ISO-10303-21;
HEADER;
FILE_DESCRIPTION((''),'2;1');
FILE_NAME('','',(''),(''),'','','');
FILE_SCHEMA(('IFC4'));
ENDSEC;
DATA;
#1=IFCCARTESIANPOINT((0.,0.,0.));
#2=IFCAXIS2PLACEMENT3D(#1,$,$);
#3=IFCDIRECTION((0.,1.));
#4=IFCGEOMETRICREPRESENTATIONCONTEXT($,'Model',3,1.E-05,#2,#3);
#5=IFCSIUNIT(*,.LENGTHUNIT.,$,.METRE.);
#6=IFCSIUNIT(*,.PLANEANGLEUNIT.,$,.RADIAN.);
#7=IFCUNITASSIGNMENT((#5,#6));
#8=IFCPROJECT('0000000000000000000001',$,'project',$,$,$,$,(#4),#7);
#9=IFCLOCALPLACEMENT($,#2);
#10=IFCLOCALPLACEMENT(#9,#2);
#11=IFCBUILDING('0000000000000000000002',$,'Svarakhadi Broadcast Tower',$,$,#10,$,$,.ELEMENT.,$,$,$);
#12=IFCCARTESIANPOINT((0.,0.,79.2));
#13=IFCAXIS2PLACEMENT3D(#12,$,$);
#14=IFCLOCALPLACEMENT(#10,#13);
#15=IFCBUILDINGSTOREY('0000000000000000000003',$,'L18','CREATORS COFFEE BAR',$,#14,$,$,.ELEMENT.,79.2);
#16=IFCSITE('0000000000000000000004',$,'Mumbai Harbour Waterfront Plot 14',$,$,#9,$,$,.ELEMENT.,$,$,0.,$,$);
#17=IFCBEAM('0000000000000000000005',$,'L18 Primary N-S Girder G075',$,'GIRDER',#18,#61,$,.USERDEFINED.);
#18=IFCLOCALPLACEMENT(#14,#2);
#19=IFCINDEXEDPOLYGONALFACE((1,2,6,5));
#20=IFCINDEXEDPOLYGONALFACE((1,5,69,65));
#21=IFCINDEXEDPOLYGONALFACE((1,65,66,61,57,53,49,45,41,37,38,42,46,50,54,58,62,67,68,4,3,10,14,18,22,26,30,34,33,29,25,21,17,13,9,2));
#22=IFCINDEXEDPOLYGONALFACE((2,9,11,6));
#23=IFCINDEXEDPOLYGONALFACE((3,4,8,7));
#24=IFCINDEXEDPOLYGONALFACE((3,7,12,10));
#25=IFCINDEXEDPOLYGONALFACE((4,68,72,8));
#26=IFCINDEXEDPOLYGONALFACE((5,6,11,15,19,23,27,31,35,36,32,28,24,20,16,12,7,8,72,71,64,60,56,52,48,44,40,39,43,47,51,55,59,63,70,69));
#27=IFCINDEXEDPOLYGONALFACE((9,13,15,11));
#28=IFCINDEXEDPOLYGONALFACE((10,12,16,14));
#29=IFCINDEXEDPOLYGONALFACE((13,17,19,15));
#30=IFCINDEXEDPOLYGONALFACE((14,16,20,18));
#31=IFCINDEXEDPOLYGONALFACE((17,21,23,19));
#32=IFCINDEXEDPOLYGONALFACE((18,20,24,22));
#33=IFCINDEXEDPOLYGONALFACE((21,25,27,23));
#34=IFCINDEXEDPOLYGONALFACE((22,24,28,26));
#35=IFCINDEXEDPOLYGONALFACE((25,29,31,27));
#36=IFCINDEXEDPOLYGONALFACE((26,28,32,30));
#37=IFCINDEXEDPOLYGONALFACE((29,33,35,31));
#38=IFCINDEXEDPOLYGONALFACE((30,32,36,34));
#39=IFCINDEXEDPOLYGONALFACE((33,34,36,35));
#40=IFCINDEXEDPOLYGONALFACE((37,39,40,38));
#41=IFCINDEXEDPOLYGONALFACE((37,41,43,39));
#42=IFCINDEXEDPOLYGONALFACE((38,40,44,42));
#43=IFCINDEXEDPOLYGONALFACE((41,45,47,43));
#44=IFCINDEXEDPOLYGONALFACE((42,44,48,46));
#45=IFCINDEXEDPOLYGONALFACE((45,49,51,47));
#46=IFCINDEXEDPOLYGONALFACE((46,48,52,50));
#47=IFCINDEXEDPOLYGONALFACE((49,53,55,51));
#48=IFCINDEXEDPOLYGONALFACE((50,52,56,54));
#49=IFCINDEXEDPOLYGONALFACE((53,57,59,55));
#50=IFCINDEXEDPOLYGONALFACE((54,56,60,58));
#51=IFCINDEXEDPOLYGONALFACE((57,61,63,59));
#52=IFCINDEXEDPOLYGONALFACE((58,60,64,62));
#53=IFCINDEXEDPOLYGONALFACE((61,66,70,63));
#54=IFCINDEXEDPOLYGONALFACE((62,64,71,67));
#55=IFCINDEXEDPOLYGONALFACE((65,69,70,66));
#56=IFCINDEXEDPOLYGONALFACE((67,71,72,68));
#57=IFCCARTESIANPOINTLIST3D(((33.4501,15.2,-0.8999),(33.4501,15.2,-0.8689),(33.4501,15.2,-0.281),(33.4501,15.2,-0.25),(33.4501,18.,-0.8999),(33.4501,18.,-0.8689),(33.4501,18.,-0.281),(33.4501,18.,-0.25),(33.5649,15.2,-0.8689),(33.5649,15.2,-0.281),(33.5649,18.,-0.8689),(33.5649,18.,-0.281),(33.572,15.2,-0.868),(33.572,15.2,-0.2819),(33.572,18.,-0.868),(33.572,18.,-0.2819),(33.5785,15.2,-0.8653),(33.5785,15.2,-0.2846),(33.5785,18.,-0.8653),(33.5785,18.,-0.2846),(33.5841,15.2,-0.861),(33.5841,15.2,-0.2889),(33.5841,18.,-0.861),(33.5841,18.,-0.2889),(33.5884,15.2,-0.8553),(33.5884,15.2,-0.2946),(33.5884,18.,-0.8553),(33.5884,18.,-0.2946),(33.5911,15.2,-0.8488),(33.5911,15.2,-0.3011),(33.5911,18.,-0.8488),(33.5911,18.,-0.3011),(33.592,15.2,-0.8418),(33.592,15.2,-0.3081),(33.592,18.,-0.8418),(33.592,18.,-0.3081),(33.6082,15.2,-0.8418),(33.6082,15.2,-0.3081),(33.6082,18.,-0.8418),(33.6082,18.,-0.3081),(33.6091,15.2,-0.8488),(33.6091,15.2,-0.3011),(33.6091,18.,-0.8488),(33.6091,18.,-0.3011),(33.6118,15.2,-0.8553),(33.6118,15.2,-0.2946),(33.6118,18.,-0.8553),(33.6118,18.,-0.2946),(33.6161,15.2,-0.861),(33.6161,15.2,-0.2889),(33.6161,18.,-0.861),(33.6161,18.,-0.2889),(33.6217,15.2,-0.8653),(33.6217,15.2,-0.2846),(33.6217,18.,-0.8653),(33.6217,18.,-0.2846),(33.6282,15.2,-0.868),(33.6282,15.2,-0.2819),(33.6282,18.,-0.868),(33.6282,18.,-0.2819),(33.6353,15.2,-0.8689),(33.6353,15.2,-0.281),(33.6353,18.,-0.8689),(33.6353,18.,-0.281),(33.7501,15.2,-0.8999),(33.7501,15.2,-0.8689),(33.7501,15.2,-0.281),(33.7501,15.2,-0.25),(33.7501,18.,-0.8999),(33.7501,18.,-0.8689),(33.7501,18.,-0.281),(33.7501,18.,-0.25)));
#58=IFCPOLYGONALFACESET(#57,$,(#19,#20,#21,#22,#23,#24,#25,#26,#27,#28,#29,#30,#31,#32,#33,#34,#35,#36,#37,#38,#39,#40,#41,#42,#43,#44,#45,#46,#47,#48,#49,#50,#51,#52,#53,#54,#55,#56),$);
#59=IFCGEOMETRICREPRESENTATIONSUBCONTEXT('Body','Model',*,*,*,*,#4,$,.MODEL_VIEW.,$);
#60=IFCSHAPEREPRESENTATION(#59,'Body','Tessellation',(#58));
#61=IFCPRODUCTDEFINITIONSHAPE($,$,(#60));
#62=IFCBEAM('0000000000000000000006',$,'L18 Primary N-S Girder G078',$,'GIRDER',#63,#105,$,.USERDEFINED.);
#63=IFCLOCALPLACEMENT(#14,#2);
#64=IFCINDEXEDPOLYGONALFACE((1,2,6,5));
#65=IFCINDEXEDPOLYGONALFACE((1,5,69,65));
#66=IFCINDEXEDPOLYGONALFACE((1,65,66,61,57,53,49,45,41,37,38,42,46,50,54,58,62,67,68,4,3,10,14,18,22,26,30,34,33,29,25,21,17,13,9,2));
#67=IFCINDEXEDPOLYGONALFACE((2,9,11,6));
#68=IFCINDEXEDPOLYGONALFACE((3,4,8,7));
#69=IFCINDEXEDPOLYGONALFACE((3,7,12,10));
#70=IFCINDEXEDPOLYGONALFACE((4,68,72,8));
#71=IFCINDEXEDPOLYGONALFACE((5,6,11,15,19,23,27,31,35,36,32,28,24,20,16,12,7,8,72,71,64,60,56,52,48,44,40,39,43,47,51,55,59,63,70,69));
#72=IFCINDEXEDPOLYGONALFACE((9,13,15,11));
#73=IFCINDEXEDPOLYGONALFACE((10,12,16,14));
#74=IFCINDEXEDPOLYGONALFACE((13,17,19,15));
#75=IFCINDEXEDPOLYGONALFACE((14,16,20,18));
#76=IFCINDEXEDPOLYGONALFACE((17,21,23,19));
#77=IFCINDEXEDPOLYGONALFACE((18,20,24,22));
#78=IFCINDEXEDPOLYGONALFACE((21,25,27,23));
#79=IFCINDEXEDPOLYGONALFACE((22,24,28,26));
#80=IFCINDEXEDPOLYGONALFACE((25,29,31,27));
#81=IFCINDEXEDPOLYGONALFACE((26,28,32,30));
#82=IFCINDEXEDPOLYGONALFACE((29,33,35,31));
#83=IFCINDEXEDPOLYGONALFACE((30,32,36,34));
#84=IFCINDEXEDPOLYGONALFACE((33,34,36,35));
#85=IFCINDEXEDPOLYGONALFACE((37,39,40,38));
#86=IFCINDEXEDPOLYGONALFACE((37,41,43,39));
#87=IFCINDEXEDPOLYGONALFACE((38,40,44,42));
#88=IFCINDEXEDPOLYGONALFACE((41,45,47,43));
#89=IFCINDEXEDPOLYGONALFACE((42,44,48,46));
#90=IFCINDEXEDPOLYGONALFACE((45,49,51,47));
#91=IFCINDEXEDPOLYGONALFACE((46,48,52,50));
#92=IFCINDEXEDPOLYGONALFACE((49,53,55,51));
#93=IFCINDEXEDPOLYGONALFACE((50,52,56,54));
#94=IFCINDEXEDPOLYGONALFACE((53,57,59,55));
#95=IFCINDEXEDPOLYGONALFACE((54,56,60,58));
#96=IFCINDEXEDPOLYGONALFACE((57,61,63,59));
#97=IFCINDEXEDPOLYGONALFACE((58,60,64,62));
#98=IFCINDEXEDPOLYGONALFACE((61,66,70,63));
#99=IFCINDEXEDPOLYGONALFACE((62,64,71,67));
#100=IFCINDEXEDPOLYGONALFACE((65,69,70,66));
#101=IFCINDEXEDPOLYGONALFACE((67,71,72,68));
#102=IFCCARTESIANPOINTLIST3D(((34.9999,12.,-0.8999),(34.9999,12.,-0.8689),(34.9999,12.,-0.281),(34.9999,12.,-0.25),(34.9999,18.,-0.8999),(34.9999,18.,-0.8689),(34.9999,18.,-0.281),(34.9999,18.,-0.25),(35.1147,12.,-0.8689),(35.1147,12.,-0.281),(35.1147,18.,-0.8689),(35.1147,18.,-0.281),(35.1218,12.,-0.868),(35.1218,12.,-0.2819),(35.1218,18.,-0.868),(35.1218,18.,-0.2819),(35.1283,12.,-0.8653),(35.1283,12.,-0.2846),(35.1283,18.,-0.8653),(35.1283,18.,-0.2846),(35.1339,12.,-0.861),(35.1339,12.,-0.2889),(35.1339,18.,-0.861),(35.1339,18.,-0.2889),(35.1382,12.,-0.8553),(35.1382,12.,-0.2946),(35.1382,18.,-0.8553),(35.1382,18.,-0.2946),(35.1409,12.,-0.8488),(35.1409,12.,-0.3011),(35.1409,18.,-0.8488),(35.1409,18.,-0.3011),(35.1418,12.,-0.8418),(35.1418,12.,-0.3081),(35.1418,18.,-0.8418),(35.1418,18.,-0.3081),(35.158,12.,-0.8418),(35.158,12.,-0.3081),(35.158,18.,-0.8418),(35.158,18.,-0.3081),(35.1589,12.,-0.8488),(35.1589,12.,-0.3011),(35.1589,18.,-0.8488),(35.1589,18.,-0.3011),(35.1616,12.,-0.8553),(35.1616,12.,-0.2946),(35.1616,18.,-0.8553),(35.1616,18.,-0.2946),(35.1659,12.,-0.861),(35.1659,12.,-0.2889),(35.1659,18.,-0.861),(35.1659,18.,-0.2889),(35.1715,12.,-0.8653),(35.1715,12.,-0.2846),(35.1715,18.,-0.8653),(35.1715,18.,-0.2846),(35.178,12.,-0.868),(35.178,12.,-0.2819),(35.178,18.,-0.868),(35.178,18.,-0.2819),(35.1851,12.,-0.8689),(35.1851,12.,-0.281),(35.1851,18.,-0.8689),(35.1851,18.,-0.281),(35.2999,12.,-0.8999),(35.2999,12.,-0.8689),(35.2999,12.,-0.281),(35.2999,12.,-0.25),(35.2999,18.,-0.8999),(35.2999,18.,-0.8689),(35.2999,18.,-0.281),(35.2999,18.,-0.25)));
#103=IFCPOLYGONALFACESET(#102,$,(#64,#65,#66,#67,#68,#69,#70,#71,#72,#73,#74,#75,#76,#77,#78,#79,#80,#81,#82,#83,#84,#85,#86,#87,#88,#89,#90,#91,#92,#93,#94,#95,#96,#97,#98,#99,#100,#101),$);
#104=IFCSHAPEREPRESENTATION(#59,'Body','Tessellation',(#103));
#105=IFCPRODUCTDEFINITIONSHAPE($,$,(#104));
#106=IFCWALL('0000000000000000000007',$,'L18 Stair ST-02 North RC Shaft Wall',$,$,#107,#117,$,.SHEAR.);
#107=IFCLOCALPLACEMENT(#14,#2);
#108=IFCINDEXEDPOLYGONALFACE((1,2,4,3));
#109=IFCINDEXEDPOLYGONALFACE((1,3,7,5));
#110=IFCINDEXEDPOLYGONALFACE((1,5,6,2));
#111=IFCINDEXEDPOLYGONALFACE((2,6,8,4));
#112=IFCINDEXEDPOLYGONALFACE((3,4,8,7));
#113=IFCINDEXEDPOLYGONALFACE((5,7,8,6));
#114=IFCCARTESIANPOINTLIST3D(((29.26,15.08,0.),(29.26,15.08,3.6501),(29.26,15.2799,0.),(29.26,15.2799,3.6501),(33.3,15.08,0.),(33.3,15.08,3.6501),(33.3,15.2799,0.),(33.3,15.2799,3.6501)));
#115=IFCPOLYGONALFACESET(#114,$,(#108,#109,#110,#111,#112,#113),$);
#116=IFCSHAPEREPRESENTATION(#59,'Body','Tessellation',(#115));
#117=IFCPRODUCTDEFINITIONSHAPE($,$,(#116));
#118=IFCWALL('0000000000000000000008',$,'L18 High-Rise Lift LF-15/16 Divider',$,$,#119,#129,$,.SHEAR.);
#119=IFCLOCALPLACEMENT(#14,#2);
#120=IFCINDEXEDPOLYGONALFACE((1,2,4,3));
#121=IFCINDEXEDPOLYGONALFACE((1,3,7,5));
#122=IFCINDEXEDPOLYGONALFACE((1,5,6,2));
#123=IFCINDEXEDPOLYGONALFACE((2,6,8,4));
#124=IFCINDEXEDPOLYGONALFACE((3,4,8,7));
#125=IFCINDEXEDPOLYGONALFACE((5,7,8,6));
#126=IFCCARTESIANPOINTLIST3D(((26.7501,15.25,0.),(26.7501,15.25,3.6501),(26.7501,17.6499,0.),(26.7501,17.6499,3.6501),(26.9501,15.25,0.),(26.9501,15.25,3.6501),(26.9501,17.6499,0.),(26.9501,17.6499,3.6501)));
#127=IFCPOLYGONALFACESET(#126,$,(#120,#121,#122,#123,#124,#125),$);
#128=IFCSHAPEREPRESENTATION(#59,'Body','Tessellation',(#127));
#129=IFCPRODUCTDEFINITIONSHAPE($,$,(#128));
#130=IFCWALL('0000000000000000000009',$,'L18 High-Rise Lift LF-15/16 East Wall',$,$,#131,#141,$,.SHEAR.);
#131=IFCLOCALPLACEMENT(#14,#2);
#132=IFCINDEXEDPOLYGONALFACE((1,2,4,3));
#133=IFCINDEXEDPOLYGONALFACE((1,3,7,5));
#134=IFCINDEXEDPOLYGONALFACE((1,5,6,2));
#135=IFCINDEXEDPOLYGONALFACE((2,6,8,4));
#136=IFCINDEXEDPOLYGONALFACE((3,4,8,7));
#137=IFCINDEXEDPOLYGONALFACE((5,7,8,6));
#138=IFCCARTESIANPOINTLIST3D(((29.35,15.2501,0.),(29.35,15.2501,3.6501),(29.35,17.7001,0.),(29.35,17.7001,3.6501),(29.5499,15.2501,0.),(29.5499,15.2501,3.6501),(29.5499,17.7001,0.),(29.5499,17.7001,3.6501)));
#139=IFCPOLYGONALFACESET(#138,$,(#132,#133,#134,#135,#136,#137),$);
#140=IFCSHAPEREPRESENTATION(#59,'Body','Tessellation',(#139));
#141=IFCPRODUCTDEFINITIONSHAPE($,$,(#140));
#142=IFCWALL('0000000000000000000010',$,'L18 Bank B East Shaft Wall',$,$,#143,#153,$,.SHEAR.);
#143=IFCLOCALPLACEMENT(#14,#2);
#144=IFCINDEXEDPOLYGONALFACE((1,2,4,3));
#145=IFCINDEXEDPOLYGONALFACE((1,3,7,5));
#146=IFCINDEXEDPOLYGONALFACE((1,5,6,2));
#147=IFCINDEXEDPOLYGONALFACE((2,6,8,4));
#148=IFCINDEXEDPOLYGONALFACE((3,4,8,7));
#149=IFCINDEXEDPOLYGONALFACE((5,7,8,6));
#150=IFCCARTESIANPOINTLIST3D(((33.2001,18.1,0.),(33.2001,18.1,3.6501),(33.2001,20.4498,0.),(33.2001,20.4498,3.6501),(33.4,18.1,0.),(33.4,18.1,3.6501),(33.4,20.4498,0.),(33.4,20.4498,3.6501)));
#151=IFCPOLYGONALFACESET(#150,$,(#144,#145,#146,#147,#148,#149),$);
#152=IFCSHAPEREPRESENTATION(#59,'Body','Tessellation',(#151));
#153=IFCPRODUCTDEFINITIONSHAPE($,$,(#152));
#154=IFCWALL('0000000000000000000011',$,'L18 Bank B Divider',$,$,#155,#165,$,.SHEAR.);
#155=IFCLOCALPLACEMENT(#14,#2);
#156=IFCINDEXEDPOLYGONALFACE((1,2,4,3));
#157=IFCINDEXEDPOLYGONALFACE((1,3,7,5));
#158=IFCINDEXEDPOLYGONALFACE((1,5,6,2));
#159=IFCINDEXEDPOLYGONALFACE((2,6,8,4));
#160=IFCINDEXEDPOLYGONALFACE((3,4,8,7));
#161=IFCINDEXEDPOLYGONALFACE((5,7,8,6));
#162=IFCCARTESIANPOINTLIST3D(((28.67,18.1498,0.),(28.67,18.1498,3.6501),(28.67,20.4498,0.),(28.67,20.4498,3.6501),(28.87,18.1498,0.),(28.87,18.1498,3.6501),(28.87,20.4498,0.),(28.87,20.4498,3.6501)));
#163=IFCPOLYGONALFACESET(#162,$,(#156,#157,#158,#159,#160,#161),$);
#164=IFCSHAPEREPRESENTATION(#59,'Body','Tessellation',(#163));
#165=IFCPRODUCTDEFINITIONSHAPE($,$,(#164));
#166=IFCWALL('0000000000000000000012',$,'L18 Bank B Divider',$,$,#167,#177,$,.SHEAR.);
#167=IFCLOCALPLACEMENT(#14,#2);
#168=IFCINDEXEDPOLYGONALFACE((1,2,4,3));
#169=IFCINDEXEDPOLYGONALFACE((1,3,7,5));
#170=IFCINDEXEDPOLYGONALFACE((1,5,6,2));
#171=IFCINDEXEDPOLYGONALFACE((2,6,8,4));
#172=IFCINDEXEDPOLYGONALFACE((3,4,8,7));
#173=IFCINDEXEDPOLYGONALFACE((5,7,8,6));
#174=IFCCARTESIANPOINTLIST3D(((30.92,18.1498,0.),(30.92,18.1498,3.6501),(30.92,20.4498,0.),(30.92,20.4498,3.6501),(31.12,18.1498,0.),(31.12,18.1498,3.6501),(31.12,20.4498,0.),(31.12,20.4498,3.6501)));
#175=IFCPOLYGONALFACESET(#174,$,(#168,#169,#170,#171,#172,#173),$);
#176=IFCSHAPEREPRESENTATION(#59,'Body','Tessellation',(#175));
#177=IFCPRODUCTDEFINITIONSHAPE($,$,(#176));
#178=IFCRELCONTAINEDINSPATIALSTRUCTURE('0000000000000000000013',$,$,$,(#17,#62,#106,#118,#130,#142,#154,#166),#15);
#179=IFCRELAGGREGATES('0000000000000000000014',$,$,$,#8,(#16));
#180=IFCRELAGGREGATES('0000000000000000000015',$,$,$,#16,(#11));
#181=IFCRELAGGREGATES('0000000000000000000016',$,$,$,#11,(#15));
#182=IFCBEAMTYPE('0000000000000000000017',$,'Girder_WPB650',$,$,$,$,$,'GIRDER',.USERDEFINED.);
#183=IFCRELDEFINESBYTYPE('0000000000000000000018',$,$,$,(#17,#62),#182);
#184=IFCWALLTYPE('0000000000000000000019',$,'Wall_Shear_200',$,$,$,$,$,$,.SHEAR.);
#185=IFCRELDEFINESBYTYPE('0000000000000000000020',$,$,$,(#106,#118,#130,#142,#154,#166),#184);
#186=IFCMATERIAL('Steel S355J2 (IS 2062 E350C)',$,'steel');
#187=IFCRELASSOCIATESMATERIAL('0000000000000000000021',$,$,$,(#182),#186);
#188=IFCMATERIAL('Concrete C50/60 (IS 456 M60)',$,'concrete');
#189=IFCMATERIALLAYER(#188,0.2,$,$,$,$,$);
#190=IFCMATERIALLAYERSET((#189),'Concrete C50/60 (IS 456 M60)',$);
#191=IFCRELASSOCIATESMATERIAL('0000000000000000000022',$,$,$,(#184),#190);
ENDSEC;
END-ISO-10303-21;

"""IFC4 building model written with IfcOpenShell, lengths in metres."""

from ifc_helpers import new_model, si_unit, direction, frame, frame_2d, origin, origin_2d, place, context, subcontext, project, spatial, rectangle, i_section, extrude, material, layer, layer_set, material_profile, profile_set, type_object, element, save


model = new_model("IFC4")

# Units and contexts
model_context = context("Model", 3, precision=1e-05, world=origin(), true_north=direction((0.0, 1.0)))
body_context = subcontext(model_context, "Body", "Model", "MODEL_VIEW")
ifc_project = project(units=[si_unit("LENGTHUNIT", "METRE"), si_unit("PLANEANGLEUNIT", "RADIAN")], contexts=[model_context])

# Site, building, storey
site_placement = place(None, origin())
site = spatial("IfcSite", under=ifc_project, at=site_placement, Name="Mumbai Harbour Waterfront Plot 14", CompositionType="ELEMENT", RefElevation=0.0)
building_placement = place(site_placement, origin())
building = spatial("IfcBuilding", under=site, at=building_placement, Name="Svarakhadi Broadcast Tower", CompositionType="ELEMENT")
storey_placement = place(building_placement, frame((0.0, 0.0, 79.2)))
storey = spatial("IfcBuildingStorey", under=building, at=storey_placement, Name="L18", Description="CREATORS COFFEE BAR", CompositionType="ELEMENT", Elevation=79.2)

# Beams
ifc_material_1 = material(Name="Steel S355J2 (IS 2062 E350C)", Category="steel")
ifc_material_profile_1 = material_profile(ifc_material_1, i_section(OverallWidth=0.3, OverallDepth=0.6499, WebThickness=0.0161, FlangeThickness=0.031, FilletRadius=0.0271, at=origin_2d()), Name="WPB 650x300x225")
ifc_profile_set_1 = profile_set([ifc_material_profile_1], Name="Steel S355J2 (IS 2062 E350C)")
beam_type = type_object("IfcBeamType", Name="Girder_WPB650", ElementType="GIRDER", PredefinedType="USERDEFINED", material=ifc_profile_set_1)
beam_1_placement = place(storey_placement, frame((33.6001, 15.2, -0.575), z_axis=(0.0, 1.0, 0.0), x_axis=(-1.0, 0.0, 0.0)))
element("IfcBeam", 1, at=beam_1_placement, inside=storey, type_object=beam_type, Name="L18 Primary N-S Girder G075", ObjectType="GIRDER", PredefinedType="USERDEFINED", context=body_context, shape_type="SweptSolid", body=[
    extrude(i_section(OverallWidth=0.3, OverallDepth=0.6499, WebThickness=0.0161, FlangeThickness=0.031, FilletRadius=0.0271, at=origin_2d()), origin(), (0.0, 0.0, 1.0), 2.8),
])
beam_2_placement = place(storey_placement, frame((35.1499, 12.0, -0.575), z_axis=(0.0, 1.0, 0.0), x_axis=(-1.0, 0.0, 0.0)))
element("IfcBeam", 2, at=beam_2_placement, inside=storey, type_object=beam_type, Name="L18 Primary N-S Girder G078", ObjectType="GIRDER", PredefinedType="USERDEFINED", context=body_context, shape_type="SweptSolid", body=[
    extrude(i_section(OverallWidth=0.3, OverallDepth=0.6499, WebThickness=0.0161, FlangeThickness=0.031, FilletRadius=0.0271, at=origin_2d()), origin(), (0.0, 0.0, 1.0), 6.0),
])

# Walls
ifc_material_2 = material(Name="Concrete C50/60 (IS 456 M60)", Category="concrete")
ifc_layer = layer(ifc_material_2, 0.2)
ifc_layer_set = layer_set([ifc_layer], Name="Concrete C50/60 (IS 456 M60)")
wall_type = type_object("IfcWallType", Name="Wall_Shear_200", PredefinedType="SHEAR", material=ifc_layer_set)
wall_1_placement = place(storey_placement, frame((29.26, 15.1799, 0.0), z_axis=(0.0, 0.0, 1.0), x_axis=(1.0, 0.0, 0.0)))
element("IfcWall", 3, at=wall_1_placement, inside=storey, type_object=wall_type, Name="L18 Stair ST-02 North RC Shaft Wall", PredefinedType="SHEAR", context=body_context, shape_type="SweptSolid", body=[
    extrude(rectangle(XDim=4.04, YDim=0.2, at=frame_2d((2.02, 0.0))), origin(), (0.0, 0.0, 1.0), 3.6501),
])
wall_2_placement = place(storey_placement, frame((26.8501, 15.25, 0.0), z_axis=(0.0, 0.0, 1.0), x_axis=(0.0, 1.0, 0.0)))
element("IfcWall", 4, at=wall_2_placement, inside=storey, type_object=wall_type, Name="L18 High-Rise Lift LF-15/16 Divider", PredefinedType="SHEAR", context=body_context, shape_type="SweptSolid", body=[
    extrude(rectangle(XDim=2.3999, YDim=0.2, at=frame_2d((1.2, 0.0))), origin(), (0.0, 0.0, 1.0), 3.6501),
])
wall_3_placement = place(storey_placement, frame((29.45, 15.25, 0.0), z_axis=(0.0, 0.0, 1.0), x_axis=(0.0, 1.0, 0.0)))
element("IfcWall", 5, at=wall_3_placement, inside=storey, type_object=wall_type, Name="L18 High-Rise Lift LF-15/16 East Wall", PredefinedType="SHEAR", context=body_context, shape_type="SweptSolid", body=[
    extrude(rectangle(XDim=2.45, YDim=0.2, at=frame_2d((1.2251, 0.0))), origin(), (0.0, 0.0, 1.0), 3.6501),
])
wall_4_placement = place(storey_placement, frame((33.3, 18.1001, 0.0), z_axis=(0.0, 0.0, 1.0), x_axis=(0.0, 1.0, 0.0)))
element("IfcWall", 6, at=wall_4_placement, inside=storey, type_object=wall_type, Name="L18 Bank B East Shaft Wall", PredefinedType="SHEAR", context=body_context, shape_type="SweptSolid", body=[
    extrude(rectangle(XDim=2.3499, YDim=0.2, at=frame_2d((1.1748, 0.0))), origin(), (0.0, 0.0, 1.0), 3.6501),
])
for number, where, z_axis, x_axis, name in (
    (7, (28.77, 18.1499, 0.0), (0.0, 0.0, 1.0), (0.0, 1.0, 0.0), "L18 Bank B Divider"),
    (8, (31.02, 18.1499, 0.0), (0.0, 0.0, 1.0), (0.0, 1.0, 0.0), "L18 Bank B Divider"),
):
    element("IfcWall", number, at=place(storey_placement, frame(where, z_axis=z_axis, x_axis=x_axis)), inside=storey, type_object=wall_type, Name=name, PredefinedType="SHEAR", context=body_context, shape_type="SweptSolid", body=[
        extrude(rectangle(XDim=2.3, YDim=0.2, at=frame_2d((1.1499, 0.0))), origin(), (0.0, 0.0, 1.0), 3.6501),
    ])

save(model, "model.ifc")
